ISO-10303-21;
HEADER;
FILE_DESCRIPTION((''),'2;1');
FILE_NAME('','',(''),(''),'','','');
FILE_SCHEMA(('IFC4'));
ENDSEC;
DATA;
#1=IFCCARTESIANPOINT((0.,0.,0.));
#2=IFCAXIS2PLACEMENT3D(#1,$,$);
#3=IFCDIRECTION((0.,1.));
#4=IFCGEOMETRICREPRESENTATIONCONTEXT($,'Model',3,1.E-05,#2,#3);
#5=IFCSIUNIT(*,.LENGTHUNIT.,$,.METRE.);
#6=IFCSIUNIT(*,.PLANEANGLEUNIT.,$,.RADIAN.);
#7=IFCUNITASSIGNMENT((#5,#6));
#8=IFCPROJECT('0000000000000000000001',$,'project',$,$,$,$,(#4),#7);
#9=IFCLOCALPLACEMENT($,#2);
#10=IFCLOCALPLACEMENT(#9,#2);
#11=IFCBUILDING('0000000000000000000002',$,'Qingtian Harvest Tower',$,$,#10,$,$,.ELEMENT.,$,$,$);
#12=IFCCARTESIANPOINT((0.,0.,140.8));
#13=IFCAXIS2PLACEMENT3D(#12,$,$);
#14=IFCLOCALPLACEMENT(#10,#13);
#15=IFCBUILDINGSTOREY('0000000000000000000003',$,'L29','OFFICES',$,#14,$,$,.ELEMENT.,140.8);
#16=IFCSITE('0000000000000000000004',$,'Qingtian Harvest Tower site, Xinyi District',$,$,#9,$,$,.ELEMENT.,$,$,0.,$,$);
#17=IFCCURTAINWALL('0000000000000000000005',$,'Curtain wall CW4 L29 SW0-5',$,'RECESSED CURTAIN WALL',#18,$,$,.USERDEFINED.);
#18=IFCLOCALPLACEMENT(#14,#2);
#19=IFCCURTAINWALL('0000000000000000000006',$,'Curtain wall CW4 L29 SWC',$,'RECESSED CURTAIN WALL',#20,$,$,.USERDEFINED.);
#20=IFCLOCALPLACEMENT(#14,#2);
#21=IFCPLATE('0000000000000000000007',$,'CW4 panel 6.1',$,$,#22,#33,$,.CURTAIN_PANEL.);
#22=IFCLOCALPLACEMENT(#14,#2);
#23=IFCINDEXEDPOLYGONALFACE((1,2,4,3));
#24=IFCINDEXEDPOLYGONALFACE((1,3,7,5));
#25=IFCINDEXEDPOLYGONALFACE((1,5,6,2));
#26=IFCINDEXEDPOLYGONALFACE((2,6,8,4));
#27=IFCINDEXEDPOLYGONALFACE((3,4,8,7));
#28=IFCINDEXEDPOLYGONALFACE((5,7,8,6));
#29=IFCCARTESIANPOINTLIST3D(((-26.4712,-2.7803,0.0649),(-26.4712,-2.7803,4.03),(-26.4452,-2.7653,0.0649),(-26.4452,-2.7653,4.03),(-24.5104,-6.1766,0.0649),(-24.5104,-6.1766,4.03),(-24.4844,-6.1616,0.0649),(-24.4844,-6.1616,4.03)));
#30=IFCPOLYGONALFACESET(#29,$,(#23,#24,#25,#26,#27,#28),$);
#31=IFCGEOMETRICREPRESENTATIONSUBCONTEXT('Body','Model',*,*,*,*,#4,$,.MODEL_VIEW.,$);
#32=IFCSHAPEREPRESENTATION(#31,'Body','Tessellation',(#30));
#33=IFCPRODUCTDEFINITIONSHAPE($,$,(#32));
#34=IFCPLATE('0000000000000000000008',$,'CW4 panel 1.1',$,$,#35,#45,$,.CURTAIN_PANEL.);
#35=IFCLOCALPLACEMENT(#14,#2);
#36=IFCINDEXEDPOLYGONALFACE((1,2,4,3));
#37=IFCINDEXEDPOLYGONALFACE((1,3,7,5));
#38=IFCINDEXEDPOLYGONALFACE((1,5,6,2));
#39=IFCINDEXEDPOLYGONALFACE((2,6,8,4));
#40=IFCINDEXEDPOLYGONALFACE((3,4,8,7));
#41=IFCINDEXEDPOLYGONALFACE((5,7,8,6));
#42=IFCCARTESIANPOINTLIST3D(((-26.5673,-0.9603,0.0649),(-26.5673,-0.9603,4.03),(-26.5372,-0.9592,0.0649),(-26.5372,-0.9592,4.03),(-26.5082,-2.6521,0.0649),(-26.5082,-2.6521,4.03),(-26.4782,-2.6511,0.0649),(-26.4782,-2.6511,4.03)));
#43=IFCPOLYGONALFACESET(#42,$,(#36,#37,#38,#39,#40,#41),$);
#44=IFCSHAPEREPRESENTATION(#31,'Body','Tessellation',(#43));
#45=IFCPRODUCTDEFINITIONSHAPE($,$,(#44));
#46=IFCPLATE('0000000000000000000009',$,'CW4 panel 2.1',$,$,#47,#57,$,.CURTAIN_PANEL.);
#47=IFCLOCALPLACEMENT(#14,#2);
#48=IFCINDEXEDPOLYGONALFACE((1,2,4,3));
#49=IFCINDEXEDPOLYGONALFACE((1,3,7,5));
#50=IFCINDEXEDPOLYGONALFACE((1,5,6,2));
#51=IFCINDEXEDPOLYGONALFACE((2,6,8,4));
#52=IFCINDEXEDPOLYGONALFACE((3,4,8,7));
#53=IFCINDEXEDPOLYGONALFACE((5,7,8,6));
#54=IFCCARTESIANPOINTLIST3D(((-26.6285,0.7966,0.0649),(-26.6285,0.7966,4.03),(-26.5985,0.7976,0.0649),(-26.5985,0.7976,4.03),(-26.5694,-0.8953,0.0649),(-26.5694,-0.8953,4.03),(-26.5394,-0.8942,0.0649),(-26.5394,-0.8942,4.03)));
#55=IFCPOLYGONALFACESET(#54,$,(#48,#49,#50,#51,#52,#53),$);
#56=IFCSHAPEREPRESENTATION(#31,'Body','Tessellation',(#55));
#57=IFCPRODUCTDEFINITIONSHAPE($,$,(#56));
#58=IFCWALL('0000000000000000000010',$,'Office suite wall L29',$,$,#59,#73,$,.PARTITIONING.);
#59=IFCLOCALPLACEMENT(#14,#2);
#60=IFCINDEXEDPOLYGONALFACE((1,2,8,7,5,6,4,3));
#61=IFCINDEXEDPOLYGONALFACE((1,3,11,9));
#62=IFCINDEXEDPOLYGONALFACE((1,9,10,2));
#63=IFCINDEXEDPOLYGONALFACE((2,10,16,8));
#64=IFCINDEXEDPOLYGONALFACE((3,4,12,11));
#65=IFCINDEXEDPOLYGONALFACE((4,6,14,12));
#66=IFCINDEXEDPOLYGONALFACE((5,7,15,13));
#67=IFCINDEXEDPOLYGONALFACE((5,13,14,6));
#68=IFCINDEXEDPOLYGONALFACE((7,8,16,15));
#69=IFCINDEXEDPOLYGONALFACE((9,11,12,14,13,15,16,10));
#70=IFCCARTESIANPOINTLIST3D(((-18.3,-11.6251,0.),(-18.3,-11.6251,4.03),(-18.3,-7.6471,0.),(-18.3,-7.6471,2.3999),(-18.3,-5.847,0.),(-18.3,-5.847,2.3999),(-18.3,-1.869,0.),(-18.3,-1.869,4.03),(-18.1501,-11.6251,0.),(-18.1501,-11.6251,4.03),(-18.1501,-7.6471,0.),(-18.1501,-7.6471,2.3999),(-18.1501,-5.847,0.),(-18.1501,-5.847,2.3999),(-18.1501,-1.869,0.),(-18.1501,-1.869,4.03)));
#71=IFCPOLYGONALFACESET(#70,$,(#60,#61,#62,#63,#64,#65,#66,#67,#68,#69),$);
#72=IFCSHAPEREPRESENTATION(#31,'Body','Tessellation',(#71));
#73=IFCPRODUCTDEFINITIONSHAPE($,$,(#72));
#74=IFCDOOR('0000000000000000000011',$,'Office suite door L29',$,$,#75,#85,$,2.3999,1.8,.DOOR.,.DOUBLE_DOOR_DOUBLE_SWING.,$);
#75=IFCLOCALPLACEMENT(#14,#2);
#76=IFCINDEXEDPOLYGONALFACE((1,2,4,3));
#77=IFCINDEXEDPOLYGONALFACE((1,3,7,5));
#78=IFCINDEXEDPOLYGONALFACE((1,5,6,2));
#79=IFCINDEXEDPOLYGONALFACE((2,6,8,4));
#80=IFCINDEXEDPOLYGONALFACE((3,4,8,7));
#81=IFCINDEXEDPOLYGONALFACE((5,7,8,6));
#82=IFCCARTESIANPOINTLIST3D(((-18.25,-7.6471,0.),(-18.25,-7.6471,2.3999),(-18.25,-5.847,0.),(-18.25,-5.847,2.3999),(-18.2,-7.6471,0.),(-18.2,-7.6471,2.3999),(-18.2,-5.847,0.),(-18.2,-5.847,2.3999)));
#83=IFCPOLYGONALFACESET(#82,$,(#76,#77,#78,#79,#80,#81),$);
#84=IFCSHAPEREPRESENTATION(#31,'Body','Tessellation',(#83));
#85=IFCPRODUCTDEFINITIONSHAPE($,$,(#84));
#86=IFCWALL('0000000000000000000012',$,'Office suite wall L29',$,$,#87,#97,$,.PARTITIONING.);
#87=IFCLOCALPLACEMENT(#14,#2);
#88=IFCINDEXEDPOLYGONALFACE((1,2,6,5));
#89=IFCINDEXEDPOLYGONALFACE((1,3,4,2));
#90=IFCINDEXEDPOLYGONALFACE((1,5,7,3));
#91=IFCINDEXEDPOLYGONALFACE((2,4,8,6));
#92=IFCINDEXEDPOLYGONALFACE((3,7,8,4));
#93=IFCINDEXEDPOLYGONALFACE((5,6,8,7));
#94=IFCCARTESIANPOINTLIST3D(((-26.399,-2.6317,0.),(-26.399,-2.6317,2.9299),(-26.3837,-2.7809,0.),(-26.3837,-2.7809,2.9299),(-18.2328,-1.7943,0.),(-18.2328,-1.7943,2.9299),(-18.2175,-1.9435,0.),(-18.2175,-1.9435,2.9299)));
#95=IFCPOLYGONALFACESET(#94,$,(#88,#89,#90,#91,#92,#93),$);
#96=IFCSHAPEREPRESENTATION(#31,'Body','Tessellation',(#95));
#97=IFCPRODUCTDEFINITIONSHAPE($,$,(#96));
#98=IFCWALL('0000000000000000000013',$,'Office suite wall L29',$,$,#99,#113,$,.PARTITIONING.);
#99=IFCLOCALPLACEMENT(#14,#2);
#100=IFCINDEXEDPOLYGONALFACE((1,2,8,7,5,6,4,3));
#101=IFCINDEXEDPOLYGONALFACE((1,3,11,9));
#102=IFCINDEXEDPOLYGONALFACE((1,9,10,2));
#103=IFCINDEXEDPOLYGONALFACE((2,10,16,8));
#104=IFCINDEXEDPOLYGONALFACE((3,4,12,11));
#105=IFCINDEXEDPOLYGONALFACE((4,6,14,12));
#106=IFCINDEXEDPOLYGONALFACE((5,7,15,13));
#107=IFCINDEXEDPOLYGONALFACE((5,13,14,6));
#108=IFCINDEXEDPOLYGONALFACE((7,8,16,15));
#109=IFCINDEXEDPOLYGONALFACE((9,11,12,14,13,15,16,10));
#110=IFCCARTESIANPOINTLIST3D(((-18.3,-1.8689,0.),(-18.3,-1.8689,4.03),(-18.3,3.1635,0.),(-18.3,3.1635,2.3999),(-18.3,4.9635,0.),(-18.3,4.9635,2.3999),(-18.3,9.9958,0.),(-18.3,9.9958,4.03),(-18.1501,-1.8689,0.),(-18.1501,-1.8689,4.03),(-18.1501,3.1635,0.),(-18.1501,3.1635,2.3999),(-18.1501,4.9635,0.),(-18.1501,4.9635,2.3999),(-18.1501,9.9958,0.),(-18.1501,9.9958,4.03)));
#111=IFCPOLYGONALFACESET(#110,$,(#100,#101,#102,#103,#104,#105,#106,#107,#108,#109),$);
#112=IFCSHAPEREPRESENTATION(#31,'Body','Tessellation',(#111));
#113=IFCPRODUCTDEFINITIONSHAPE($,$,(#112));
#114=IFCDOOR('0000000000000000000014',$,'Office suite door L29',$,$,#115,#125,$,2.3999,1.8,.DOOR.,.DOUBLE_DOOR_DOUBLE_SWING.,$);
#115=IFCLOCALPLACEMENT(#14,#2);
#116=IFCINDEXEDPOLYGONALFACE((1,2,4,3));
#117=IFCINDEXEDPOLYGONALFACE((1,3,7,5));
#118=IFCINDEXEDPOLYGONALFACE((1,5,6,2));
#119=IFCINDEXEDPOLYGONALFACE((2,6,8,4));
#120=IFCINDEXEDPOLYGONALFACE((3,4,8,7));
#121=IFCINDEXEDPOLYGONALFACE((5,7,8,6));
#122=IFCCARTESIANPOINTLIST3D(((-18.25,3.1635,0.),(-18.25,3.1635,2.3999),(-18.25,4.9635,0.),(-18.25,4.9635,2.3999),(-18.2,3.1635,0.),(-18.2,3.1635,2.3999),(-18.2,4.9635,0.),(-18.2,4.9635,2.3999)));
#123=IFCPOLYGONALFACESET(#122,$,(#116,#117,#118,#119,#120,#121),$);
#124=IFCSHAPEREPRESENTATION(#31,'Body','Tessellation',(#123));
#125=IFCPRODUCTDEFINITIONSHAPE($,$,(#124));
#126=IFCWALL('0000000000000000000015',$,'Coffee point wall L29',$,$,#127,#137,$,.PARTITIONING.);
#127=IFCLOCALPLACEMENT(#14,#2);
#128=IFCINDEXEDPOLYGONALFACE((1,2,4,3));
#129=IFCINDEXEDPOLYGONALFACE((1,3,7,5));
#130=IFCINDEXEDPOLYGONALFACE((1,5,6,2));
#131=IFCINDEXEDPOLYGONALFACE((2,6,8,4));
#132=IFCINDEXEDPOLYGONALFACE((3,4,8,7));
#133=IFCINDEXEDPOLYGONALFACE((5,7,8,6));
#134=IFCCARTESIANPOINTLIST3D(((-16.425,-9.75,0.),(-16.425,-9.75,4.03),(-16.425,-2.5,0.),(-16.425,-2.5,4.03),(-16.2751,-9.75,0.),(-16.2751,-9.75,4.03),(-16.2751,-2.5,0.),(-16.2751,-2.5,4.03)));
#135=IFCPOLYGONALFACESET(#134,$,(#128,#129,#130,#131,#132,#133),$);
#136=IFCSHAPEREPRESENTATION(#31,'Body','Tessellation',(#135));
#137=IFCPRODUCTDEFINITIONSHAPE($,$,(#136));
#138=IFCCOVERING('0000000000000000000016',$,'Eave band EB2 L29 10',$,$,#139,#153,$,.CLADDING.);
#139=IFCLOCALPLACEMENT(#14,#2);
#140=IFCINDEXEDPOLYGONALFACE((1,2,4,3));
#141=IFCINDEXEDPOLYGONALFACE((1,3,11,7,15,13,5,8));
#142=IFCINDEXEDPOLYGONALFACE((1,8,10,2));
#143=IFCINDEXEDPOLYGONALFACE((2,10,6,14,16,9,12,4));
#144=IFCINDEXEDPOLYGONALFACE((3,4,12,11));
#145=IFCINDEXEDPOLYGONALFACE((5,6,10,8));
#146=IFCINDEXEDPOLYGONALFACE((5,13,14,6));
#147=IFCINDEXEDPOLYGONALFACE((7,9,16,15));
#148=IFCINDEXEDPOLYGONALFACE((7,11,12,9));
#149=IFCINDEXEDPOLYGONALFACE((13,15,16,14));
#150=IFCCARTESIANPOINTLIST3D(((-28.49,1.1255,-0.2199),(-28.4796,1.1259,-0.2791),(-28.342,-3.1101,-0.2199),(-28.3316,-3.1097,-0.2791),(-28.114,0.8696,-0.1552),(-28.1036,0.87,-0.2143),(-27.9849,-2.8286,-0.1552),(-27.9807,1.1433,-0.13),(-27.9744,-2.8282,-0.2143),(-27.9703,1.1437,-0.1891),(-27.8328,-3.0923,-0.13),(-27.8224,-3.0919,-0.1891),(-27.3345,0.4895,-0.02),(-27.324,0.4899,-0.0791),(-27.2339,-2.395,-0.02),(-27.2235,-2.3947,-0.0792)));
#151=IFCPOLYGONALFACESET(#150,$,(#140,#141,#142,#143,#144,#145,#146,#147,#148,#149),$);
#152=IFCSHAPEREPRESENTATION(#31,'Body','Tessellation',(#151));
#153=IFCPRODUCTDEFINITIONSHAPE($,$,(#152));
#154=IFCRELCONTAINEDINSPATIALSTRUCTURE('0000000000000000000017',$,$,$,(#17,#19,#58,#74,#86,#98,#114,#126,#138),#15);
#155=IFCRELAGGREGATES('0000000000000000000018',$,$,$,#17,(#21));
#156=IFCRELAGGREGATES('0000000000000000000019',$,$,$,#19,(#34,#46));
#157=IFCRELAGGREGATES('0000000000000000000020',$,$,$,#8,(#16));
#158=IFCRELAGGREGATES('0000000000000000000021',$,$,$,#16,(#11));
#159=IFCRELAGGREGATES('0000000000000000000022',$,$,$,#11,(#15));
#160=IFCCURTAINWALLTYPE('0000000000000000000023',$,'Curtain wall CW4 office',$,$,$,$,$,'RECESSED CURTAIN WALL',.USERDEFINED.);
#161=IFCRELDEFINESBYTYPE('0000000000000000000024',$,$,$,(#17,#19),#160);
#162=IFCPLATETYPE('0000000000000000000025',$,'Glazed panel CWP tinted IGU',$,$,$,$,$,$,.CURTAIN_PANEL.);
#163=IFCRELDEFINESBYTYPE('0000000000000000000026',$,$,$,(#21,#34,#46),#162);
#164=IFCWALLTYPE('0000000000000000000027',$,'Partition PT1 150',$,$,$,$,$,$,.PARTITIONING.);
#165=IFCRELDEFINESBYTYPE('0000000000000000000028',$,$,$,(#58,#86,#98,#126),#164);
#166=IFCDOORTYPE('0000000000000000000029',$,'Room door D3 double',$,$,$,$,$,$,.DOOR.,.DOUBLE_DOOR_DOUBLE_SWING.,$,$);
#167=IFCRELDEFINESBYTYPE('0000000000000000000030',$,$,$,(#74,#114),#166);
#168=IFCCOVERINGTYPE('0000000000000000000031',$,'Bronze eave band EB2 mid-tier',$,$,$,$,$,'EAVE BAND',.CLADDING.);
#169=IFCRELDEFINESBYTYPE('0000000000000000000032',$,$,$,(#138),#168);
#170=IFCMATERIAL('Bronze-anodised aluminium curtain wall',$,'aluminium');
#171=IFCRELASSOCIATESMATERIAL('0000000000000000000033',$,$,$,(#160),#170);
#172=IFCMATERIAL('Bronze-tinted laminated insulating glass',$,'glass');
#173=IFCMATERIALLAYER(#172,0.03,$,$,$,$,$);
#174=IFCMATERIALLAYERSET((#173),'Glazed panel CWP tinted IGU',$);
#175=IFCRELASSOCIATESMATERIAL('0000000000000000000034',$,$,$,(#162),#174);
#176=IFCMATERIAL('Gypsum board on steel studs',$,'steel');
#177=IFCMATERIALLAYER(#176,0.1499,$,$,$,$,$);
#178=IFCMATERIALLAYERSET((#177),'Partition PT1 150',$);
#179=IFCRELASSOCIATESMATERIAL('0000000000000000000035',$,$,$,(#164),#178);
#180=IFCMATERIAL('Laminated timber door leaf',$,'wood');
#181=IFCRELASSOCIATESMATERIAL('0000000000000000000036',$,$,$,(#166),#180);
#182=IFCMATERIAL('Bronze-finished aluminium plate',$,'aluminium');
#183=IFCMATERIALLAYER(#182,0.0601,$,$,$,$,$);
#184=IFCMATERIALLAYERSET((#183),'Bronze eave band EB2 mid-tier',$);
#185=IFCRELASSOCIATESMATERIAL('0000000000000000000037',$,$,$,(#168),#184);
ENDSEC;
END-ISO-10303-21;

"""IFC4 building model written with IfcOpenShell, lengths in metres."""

from ifc_helpers import new_model, si_unit, direction, frame, frame_2d, origin, origin_2d, place, context, subcontext, project, spatial, polyline, rectangle, outline, extrude, material, layer, layer_set, type_object, element, fill, aggregate, save


model = new_model("IFC4")

# Units and contexts
model_context = context("Model", 3, precision=1e-05, world=origin(), true_north=direction((0.0, 1.0)))
body_context = subcontext(model_context, "Body", "Model", "MODEL_VIEW")
ifc_project = project(units=[si_unit("LENGTHUNIT", "METRE"), si_unit("PLANEANGLEUNIT", "RADIAN")], contexts=[model_context])

# Site, building, storey
site_placement = place(None, origin())
site = spatial("IfcSite", under=ifc_project, at=site_placement, Name="Qingtian Harvest Tower site, Xinyi District", CompositionType="ELEMENT", RefElevation=0.0)
building_placement = place(site_placement, origin())
building = spatial("IfcBuilding", under=site, at=building_placement, Name="Qingtian Harvest Tower", CompositionType="ELEMENT")
storey_placement = place(building_placement, frame((0.0, 0.0, 140.8)))
storey = spatial("IfcBuildingStorey", under=building, at=storey_placement, Name="L29", Description="OFFICES", CompositionType="ELEMENT", Elevation=140.8)

# Curtain walls
ifc_material_1 = material(Name="Bronze-anodised aluminium curtain wall", Category="aluminium")
curtain_wall_type = type_object("IfcCurtainWallType", Name="Curtain wall CW4 office", ElementType="RECESSED CURTAIN WALL", PredefinedType="USERDEFINED", material=ifc_material_1)
curtain_wall_1_placement = place(storey_placement, origin())
curtain_wall_1 = element("IfcCurtainWall", 1, at=curtain_wall_1_placement, inside=storey, type_object=curtain_wall_type, Name="Curtain wall CW4 L29 SW0-5", ObjectType="RECESSED CURTAIN WALL", PredefinedType="USERDEFINED")
curtain_wall_2_placement = place(storey_placement, origin())
curtain_wall_2 = element("IfcCurtainWall", 2, at=curtain_wall_2_placement, inside=storey, type_object=curtain_wall_type, Name="Curtain wall CW4 L29 SWC", ObjectType="RECESSED CURTAIN WALL", PredefinedType="USERDEFINED")

# Plates
ifc_material_2 = material(Name="Bronze-tinted laminated insulating glass", Category="glass")
ifc_layer_1 = layer(ifc_material_2, 0.03)
ifc_layer_set_1 = layer_set([ifc_layer_1], Name="Glazed panel CWP tinted IGU")
plate_type = type_object("IfcPlateType", Name="Glazed panel CWP tinted IGU", PredefinedType="CURTAIN_PANEL", material=ifc_layer_set_1)
plate_1_placement = place(storey_placement, frame((-25.4778, -4.4709, 0.0649), z_axis=(0.0, 0.0, 1.0), x_axis=(-0.5, 0.866025, 0.0)))
plate_1 = element("IfcPlate", 3, at=plate_1_placement, type_object=plate_type, Name="CW4 panel 6.1", PredefinedType="CURTAIN_PANEL", context=body_context, shape_type="SweptSolid", body=[
    extrude(rectangle(XDim=3.9216, YDim=0.03, at=origin_2d()), origin(), (0.0, 0.0, 1.0), 3.9651),
])
aggregate(curtain_wall_1, [plate_1])
plate_2_placement = place(storey_placement, frame((-26.5227, -1.8057, 0.0649), z_axis=(0.0, 0.0, 1.0), x_axis=(-0.034899, 0.999391, 0.0)))
plate_2 = element("IfcPlate", 4, at=plate_2_placement, type_object=plate_type, Name="CW4 panel 1.1", PredefinedType="CURTAIN_PANEL", context=body_context, shape_type="SweptSolid", body=[
    extrude(rectangle(XDim=1.6929, YDim=0.03, at=origin_2d()), origin(), (0.0, 0.0, 1.0), 3.9651),
])
plate_3_placement = place(storey_placement, frame((-26.584, -0.0488, 0.0649), z_axis=(0.0, 0.0, 1.0), x_axis=(-0.034899, 0.999391, 0.0)))
plate_3 = element("IfcPlate", 5, at=plate_3_placement, type_object=plate_type, Name="CW4 panel 2.1", PredefinedType="CURTAIN_PANEL", context=body_context, shape_type="SweptSolid", body=[
    extrude(rectangle(XDim=1.6929, YDim=0.03, at=origin_2d()), origin(), (0.0, 0.0, 1.0), 3.9651),
])
aggregate(curtain_wall_2, [plate_2, plate_3])

# Wall, opening, door
ifc_material_3 = material(Name="Gypsum board on steel studs", Category="steel")
ifc_layer_2 = layer(ifc_material_3, 0.1499)
ifc_layer_set_2 = layer_set([ifc_layer_2], Name="Partition PT1 150")
wall_type = type_object("IfcWallType", Name="Partition PT1 150", PredefinedType="PARTITIONING", material=ifc_layer_set_2)
wall_1_placement = place(storey_placement, frame((-18.2251, -11.625, 0.0), z_axis=(0.0, 0.0, 1.0), x_axis=(0.0, 1.0, 0.0)))
wall_1 = element("IfcWall", 6, at=wall_1_placement, inside=storey, type_object=wall_type, Name="Office suite wall L29", PredefinedType="PARTITIONING", context=body_context, shape_type="SweptSolid", body=[
    extrude(rectangle(XDim=9.7561, YDim=0.1499, at=frame_2d((4.8779, 0.0))), origin(), (0.0, 0.0, 1.0), 4.03),
])
opening_1_placement = place(wall_1_placement, frame((3.978, 0.0, 0.0)))
opening_1 = element("IfcOpeningElement", 7, at=opening_1_placement, cuts=wall_1, PredefinedType="OPENING", context=body_context, shape_type="SweptSolid", body=[
    extrude(rectangle(XDim=1.8, YDim=2.3999, at=frame_2d((0.8999, 1.2))), frame((0.0, 0.085, 0.0), z_axis=(0.0, -1.0, 0.0), x_axis=(1.0, 0.0, 0.0)), (0.0, 0.0, 1.0), 0.1699),
])
ifc_material_4 = material(Name="Laminated timber door leaf", Category="wood")
door_type = type_object("IfcDoorType", Name="Room door D3 double", OperationType="DOUBLE_DOOR_DOUBLE_SWING", PredefinedType="DOOR", material=ifc_material_4)
door_1_placement = place(opening_1_placement, origin())
door_1 = element("IfcDoor", 8, at=door_1_placement, inside=storey, type_object=door_type, Name="Office suite door L29", OperationType="DOUBLE_DOOR_DOUBLE_SWING", OverallHeight=2.3999, OverallWidth=1.8, PredefinedType="DOOR", context=body_context, shape_type="SweptSolid", body=[
    extrude(rectangle(XDim=1.8, YDim=2.3999, at=frame_2d((0.8999, 1.2))), frame((0.0, 0.0249, 0.0), z_axis=(0.0, -1.0, 0.0), x_axis=(1.0, 0.0, 0.0)), (0.0, 0.0, 1.0), 0.05),
])
fill(opening_1, door_1)

# Wall
wall_2_placement = place(storey_placement, frame((-26.3914, -2.7063, 0.0), z_axis=(0.0, 0.0, 1.0), x_axis=(0.994783, 0.102009, 0.0)))
element("IfcWall", 9, at=wall_2_placement, inside=storey, type_object=wall_type, Name="Office suite wall L29", PredefinedType="PARTITIONING", context=body_context, shape_type="SweptSolid", body=[
    extrude(rectangle(XDim=8.209, YDim=0.1499, at=frame_2d((4.1045, 0.0))), origin(), (0.0, 0.0, 1.0), 2.9299),
])

# Wall, opening, door
wall_3_placement = place(storey_placement, frame((-18.2251, -1.8689, 0.0), z_axis=(0.0, 0.0, 1.0), x_axis=(0.0, 1.0, 0.0)))
wall_3 = element("IfcWall", 10, at=wall_3_placement, inside=storey, type_object=wall_type, Name="Office suite wall L29", PredefinedType="PARTITIONING", context=body_context, shape_type="SweptSolid", body=[
    extrude(rectangle(XDim=11.8647, YDim=0.1499, at=frame_2d((5.9324, 0.0))), origin(), (0.0, 0.0, 1.0), 4.03),
])
opening_2_placement = place(wall_3_placement, frame((5.0325, 0.0, 0.0)))
opening_2 = element("IfcOpeningElement", 11, at=opening_2_placement, cuts=wall_3, PredefinedType="OPENING", context=body_context, shape_type="SweptSolid", body=[
    extrude(rectangle(XDim=1.8, YDim=2.3999, at=frame_2d((0.8999, 1.2))), frame((0.0, 0.085, 0.0), z_axis=(0.0, -1.0, 0.0), x_axis=(1.0, 0.0, 0.0)), (0.0, 0.0, 1.0), 0.1699),
])
door_2_placement = place(opening_2_placement, origin())
door_2 = element("IfcDoor", 12, at=door_2_placement, inside=storey, type_object=door_type, Name="Office suite door L29", OperationType="DOUBLE_DOOR_DOUBLE_SWING", OverallHeight=2.3999, OverallWidth=1.8, PredefinedType="DOOR", context=body_context, shape_type="SweptSolid", body=[
    extrude(rectangle(XDim=1.8, YDim=2.3999, at=frame_2d((0.8999, 1.2))), frame((0.0, 0.0249, 0.0), z_axis=(0.0, -1.0, 0.0), x_axis=(1.0, 0.0, 0.0)), (0.0, 0.0, 1.0), 0.05),
])
fill(opening_2, door_2)

# Wall
wall_4_placement = place(storey_placement, frame((-16.3501, -9.75, 0.0), z_axis=(0.0, 0.0, 1.0), x_axis=(0.0, 1.0, 0.0)))
element("IfcWall", 13, at=wall_4_placement, inside=storey, type_object=wall_type, Name="Coffee point wall L29", PredefinedType="PARTITIONING", context=body_context, shape_type="SweptSolid", body=[
    extrude(rectangle(XDim=7.25, YDim=0.1499, at=frame_2d((3.625, 0.0))), origin(), (0.0, 0.0, 1.0), 4.03),
])

# Covering
ifc_material_5 = material(Name="Bronze-finished aluminium plate", Category="aluminium")
ifc_layer_3 = layer(ifc_material_5, 0.0601)
ifc_layer_set_3 = layer_set([ifc_layer_3], Name="Bronze eave band EB2 mid-tier")
covering_type = type_object("IfcCoveringType", Name="Bronze eave band EB2 mid-tier", ElementType="EAVE BAND", PredefinedType="CLADDING", material=ifc_layer_set_3)
covering_placement = place(storey_placement, frame((-27.2339, -2.395, -0.02), z_axis=(-0.173741, -0.006066, 0.984773), x_axis=(-0.855689, -0.494042, -0.15401)))
element("IfcCovering", 14, at=covering_placement, inside=storey, type_object=covering_type, Name="Eave band EB2 L29 10", PredefinedType="CLADDING", context=body_context, shape_type="SweptSolid", body=[
    extrude(outline(polyline([(0.0, 0.0), (0.8776, 0.0), (0.8739, 0.3054), (1.3323, 0.0654), (-0.6337, -3.6892), (-1.0921, -3.4492), (-0.8389, -3.2783), (-1.339, -2.5569), (0.0, 0.0)])), origin(), (0.0, 0.0, -1.0), 0.0601),
])

save(model, "model.ifc")
